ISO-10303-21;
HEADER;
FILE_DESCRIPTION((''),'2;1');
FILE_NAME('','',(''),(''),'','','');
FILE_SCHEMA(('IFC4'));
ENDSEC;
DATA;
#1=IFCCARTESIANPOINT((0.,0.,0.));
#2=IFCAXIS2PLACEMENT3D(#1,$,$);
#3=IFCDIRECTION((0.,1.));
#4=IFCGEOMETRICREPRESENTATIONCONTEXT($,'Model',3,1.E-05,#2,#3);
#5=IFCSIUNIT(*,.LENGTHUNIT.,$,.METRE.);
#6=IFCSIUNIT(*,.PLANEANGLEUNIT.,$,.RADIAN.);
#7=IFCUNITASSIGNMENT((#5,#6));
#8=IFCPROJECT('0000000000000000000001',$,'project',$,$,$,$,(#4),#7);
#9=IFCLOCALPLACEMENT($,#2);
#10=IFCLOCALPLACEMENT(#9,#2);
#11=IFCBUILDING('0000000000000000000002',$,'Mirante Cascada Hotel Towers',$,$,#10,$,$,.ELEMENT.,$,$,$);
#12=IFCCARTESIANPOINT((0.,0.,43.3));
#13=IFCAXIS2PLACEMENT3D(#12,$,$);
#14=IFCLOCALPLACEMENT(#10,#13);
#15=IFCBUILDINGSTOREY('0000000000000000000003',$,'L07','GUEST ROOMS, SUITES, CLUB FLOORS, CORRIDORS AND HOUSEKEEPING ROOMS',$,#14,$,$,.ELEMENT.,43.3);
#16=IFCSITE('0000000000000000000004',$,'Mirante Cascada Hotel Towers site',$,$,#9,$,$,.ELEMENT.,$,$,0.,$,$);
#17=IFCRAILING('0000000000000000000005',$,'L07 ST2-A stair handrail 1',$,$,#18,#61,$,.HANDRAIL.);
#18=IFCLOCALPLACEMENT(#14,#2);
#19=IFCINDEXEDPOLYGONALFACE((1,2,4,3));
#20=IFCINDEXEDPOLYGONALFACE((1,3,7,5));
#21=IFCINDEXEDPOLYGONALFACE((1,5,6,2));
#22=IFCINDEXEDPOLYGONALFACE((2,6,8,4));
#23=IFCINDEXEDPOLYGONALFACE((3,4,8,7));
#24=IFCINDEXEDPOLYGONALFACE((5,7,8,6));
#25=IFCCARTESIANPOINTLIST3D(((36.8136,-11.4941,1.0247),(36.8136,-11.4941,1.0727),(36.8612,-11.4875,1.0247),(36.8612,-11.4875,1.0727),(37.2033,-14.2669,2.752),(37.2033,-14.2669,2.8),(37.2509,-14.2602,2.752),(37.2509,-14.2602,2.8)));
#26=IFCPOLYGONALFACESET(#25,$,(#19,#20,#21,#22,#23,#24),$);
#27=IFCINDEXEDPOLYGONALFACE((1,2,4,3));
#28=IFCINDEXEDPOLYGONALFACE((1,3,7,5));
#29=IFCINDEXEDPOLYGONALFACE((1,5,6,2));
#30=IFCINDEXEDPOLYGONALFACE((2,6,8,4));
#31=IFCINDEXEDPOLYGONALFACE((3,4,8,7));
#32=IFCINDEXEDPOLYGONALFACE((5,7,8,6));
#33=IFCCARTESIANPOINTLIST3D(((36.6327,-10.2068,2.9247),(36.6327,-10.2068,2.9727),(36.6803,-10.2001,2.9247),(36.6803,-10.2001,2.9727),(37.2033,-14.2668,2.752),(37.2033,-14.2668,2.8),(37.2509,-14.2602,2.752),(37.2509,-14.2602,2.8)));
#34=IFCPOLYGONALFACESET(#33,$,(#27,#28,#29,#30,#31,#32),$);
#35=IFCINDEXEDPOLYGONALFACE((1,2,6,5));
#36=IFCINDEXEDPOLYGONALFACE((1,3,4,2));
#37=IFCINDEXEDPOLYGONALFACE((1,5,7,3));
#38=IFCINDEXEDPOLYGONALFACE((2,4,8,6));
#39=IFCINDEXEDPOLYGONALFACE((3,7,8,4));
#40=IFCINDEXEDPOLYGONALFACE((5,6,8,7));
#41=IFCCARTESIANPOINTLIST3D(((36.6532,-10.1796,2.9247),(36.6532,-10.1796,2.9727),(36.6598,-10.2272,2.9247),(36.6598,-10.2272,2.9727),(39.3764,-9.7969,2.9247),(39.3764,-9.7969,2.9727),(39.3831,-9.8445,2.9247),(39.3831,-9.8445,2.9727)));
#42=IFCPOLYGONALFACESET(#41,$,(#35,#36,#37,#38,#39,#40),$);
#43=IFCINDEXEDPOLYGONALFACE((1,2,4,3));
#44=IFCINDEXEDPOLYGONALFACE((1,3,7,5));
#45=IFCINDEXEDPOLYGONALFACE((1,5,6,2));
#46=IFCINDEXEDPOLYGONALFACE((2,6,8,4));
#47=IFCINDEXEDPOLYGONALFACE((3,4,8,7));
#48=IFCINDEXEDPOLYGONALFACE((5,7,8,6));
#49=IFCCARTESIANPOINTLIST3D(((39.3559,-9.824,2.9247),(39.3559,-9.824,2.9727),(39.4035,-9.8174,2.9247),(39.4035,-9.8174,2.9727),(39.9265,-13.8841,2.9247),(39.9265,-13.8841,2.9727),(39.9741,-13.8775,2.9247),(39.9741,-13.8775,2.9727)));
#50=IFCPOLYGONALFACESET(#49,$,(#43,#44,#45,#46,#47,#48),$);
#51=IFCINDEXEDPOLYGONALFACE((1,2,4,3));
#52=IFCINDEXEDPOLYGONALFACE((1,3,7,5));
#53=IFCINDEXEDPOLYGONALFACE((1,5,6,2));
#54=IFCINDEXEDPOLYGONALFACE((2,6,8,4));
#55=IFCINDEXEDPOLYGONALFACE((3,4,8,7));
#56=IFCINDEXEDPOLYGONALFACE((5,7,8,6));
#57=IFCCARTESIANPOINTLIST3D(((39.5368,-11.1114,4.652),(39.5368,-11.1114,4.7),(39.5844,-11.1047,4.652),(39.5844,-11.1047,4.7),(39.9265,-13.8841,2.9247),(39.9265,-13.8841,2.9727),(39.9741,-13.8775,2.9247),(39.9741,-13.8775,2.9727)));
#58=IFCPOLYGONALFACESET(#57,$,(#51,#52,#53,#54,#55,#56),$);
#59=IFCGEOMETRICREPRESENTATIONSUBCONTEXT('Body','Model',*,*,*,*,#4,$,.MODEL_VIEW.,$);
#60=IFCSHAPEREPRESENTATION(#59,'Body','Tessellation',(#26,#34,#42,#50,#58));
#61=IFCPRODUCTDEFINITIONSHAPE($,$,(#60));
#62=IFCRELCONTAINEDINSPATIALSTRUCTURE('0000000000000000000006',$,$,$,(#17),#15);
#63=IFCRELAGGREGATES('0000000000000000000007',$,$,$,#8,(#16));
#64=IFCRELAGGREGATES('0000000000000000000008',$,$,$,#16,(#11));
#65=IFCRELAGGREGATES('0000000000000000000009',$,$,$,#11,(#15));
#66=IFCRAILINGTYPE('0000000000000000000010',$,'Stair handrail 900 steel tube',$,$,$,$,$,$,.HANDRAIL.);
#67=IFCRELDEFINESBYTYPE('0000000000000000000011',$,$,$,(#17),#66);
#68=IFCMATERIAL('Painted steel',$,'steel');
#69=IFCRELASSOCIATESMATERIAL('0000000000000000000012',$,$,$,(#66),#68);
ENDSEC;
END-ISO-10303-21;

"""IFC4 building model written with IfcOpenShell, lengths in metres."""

from ifc_helpers import new_model, si_unit, direction, frame, origin, origin_2d, place, context, subcontext, project, spatial, rectangle, extrude, material, type_object, element, save


model = new_model("IFC4")

# Units and contexts
model_context = context("Model", 3, precision=1e-05, world=origin(), true_north=direction((0.0, 1.0)))
body_context = subcontext(model_context, "Body", "Model", "MODEL_VIEW")
ifc_project = project(units=[si_unit("LENGTHUNIT", "METRE"), si_unit("PLANEANGLEUNIT", "RADIAN")], contexts=[model_context])

# Site, building, storey
site_placement = place(None, origin())
site = spatial("IfcSite", under=ifc_project, at=site_placement, Name="Mirante Cascada Hotel Towers site", CompositionType="ELEMENT", RefElevation=0.0)
building_placement = place(site_placement, origin())
building = spatial("IfcBuilding", under=site, at=building_placement, Name="Mirante Cascada Hotel Towers", CompositionType="ELEMENT")
storey_placement = place(building_placement, frame((0.0, 0.0, 43.3)))
storey = spatial("IfcBuildingStorey", under=building, at=storey_placement, Name="L07", Description="GUEST ROOMS, SUITES, CLUB FLOORS, CORRIDORS AND HOUSEKEEPING ROOMS", CompositionType="ELEMENT", Elevation=43.3)

# Railing
ifc_material_1 = material(Name="Painted steel", Category="steel")
railing_type_1 = type_object("IfcRailingType", Name="Stair handrail 900 steel tube", PredefinedType="HANDRAIL", material=ifc_material_1)
railing_1_placement = place(storey_placement, frame((36.8374, -11.4908, 0.1727)))
element("IfcRailing", 1, at=railing_1_placement, inside=storey, type_object=railing_type_1, Name="L07 ST2-A stair handrail 1", PredefinedType="HANDRAIL", context=body_context, shape_type="SweptSolid", body=[
    extrude(rectangle(XDim=0.048, YDim=0.048, at=origin_2d()), frame((0.0, 0.0, 0.876), z_axis=(0.139181, -0.990267, 0.0), x_axis=(0.990267, 0.139181, 0.0)), (0.0, 0.525035, 0.851081), 3.2899),
    extrude(rectangle(XDim=0.048, YDim=0.048, at=origin_2d()), frame((0.3897, -2.7727, 2.6033), z_axis=(-0.139171, 0.990268, 0.0), x_axis=(-0.990268, -0.139171, 0.0)), (0.0, 0.042085, 0.999114), 4.1036),
    extrude(rectangle(XDim=0.048, YDim=0.048, at=origin_2d()), frame((-0.1809, 1.2874, 2.776), z_axis=(0.990269, 0.139166, 0.0), x_axis=(-0.139166, 0.990269, 0.0)), (0.0, 0.0, 1.0), 2.75),
    extrude(rectangle(XDim=0.048, YDim=0.048, at=origin_2d()), frame((2.5423, 1.6701, 2.776), z_axis=(0.139171, -0.990268, 0.0), x_axis=(0.990268, 0.139171, 0.0)), (0.0, 0.0, 1.0), 4.1),
    extrude(rectangle(XDim=0.048, YDim=0.048, at=origin_2d()), frame((3.1129, -2.39, 2.776), z_axis=(-0.139181, 0.990267, 0.0), x_axis=(-0.990267, -0.139181, 0.0)), (0.0, 0.525035, 0.851081), 3.2899),
])

save(model, "model.ifc")
